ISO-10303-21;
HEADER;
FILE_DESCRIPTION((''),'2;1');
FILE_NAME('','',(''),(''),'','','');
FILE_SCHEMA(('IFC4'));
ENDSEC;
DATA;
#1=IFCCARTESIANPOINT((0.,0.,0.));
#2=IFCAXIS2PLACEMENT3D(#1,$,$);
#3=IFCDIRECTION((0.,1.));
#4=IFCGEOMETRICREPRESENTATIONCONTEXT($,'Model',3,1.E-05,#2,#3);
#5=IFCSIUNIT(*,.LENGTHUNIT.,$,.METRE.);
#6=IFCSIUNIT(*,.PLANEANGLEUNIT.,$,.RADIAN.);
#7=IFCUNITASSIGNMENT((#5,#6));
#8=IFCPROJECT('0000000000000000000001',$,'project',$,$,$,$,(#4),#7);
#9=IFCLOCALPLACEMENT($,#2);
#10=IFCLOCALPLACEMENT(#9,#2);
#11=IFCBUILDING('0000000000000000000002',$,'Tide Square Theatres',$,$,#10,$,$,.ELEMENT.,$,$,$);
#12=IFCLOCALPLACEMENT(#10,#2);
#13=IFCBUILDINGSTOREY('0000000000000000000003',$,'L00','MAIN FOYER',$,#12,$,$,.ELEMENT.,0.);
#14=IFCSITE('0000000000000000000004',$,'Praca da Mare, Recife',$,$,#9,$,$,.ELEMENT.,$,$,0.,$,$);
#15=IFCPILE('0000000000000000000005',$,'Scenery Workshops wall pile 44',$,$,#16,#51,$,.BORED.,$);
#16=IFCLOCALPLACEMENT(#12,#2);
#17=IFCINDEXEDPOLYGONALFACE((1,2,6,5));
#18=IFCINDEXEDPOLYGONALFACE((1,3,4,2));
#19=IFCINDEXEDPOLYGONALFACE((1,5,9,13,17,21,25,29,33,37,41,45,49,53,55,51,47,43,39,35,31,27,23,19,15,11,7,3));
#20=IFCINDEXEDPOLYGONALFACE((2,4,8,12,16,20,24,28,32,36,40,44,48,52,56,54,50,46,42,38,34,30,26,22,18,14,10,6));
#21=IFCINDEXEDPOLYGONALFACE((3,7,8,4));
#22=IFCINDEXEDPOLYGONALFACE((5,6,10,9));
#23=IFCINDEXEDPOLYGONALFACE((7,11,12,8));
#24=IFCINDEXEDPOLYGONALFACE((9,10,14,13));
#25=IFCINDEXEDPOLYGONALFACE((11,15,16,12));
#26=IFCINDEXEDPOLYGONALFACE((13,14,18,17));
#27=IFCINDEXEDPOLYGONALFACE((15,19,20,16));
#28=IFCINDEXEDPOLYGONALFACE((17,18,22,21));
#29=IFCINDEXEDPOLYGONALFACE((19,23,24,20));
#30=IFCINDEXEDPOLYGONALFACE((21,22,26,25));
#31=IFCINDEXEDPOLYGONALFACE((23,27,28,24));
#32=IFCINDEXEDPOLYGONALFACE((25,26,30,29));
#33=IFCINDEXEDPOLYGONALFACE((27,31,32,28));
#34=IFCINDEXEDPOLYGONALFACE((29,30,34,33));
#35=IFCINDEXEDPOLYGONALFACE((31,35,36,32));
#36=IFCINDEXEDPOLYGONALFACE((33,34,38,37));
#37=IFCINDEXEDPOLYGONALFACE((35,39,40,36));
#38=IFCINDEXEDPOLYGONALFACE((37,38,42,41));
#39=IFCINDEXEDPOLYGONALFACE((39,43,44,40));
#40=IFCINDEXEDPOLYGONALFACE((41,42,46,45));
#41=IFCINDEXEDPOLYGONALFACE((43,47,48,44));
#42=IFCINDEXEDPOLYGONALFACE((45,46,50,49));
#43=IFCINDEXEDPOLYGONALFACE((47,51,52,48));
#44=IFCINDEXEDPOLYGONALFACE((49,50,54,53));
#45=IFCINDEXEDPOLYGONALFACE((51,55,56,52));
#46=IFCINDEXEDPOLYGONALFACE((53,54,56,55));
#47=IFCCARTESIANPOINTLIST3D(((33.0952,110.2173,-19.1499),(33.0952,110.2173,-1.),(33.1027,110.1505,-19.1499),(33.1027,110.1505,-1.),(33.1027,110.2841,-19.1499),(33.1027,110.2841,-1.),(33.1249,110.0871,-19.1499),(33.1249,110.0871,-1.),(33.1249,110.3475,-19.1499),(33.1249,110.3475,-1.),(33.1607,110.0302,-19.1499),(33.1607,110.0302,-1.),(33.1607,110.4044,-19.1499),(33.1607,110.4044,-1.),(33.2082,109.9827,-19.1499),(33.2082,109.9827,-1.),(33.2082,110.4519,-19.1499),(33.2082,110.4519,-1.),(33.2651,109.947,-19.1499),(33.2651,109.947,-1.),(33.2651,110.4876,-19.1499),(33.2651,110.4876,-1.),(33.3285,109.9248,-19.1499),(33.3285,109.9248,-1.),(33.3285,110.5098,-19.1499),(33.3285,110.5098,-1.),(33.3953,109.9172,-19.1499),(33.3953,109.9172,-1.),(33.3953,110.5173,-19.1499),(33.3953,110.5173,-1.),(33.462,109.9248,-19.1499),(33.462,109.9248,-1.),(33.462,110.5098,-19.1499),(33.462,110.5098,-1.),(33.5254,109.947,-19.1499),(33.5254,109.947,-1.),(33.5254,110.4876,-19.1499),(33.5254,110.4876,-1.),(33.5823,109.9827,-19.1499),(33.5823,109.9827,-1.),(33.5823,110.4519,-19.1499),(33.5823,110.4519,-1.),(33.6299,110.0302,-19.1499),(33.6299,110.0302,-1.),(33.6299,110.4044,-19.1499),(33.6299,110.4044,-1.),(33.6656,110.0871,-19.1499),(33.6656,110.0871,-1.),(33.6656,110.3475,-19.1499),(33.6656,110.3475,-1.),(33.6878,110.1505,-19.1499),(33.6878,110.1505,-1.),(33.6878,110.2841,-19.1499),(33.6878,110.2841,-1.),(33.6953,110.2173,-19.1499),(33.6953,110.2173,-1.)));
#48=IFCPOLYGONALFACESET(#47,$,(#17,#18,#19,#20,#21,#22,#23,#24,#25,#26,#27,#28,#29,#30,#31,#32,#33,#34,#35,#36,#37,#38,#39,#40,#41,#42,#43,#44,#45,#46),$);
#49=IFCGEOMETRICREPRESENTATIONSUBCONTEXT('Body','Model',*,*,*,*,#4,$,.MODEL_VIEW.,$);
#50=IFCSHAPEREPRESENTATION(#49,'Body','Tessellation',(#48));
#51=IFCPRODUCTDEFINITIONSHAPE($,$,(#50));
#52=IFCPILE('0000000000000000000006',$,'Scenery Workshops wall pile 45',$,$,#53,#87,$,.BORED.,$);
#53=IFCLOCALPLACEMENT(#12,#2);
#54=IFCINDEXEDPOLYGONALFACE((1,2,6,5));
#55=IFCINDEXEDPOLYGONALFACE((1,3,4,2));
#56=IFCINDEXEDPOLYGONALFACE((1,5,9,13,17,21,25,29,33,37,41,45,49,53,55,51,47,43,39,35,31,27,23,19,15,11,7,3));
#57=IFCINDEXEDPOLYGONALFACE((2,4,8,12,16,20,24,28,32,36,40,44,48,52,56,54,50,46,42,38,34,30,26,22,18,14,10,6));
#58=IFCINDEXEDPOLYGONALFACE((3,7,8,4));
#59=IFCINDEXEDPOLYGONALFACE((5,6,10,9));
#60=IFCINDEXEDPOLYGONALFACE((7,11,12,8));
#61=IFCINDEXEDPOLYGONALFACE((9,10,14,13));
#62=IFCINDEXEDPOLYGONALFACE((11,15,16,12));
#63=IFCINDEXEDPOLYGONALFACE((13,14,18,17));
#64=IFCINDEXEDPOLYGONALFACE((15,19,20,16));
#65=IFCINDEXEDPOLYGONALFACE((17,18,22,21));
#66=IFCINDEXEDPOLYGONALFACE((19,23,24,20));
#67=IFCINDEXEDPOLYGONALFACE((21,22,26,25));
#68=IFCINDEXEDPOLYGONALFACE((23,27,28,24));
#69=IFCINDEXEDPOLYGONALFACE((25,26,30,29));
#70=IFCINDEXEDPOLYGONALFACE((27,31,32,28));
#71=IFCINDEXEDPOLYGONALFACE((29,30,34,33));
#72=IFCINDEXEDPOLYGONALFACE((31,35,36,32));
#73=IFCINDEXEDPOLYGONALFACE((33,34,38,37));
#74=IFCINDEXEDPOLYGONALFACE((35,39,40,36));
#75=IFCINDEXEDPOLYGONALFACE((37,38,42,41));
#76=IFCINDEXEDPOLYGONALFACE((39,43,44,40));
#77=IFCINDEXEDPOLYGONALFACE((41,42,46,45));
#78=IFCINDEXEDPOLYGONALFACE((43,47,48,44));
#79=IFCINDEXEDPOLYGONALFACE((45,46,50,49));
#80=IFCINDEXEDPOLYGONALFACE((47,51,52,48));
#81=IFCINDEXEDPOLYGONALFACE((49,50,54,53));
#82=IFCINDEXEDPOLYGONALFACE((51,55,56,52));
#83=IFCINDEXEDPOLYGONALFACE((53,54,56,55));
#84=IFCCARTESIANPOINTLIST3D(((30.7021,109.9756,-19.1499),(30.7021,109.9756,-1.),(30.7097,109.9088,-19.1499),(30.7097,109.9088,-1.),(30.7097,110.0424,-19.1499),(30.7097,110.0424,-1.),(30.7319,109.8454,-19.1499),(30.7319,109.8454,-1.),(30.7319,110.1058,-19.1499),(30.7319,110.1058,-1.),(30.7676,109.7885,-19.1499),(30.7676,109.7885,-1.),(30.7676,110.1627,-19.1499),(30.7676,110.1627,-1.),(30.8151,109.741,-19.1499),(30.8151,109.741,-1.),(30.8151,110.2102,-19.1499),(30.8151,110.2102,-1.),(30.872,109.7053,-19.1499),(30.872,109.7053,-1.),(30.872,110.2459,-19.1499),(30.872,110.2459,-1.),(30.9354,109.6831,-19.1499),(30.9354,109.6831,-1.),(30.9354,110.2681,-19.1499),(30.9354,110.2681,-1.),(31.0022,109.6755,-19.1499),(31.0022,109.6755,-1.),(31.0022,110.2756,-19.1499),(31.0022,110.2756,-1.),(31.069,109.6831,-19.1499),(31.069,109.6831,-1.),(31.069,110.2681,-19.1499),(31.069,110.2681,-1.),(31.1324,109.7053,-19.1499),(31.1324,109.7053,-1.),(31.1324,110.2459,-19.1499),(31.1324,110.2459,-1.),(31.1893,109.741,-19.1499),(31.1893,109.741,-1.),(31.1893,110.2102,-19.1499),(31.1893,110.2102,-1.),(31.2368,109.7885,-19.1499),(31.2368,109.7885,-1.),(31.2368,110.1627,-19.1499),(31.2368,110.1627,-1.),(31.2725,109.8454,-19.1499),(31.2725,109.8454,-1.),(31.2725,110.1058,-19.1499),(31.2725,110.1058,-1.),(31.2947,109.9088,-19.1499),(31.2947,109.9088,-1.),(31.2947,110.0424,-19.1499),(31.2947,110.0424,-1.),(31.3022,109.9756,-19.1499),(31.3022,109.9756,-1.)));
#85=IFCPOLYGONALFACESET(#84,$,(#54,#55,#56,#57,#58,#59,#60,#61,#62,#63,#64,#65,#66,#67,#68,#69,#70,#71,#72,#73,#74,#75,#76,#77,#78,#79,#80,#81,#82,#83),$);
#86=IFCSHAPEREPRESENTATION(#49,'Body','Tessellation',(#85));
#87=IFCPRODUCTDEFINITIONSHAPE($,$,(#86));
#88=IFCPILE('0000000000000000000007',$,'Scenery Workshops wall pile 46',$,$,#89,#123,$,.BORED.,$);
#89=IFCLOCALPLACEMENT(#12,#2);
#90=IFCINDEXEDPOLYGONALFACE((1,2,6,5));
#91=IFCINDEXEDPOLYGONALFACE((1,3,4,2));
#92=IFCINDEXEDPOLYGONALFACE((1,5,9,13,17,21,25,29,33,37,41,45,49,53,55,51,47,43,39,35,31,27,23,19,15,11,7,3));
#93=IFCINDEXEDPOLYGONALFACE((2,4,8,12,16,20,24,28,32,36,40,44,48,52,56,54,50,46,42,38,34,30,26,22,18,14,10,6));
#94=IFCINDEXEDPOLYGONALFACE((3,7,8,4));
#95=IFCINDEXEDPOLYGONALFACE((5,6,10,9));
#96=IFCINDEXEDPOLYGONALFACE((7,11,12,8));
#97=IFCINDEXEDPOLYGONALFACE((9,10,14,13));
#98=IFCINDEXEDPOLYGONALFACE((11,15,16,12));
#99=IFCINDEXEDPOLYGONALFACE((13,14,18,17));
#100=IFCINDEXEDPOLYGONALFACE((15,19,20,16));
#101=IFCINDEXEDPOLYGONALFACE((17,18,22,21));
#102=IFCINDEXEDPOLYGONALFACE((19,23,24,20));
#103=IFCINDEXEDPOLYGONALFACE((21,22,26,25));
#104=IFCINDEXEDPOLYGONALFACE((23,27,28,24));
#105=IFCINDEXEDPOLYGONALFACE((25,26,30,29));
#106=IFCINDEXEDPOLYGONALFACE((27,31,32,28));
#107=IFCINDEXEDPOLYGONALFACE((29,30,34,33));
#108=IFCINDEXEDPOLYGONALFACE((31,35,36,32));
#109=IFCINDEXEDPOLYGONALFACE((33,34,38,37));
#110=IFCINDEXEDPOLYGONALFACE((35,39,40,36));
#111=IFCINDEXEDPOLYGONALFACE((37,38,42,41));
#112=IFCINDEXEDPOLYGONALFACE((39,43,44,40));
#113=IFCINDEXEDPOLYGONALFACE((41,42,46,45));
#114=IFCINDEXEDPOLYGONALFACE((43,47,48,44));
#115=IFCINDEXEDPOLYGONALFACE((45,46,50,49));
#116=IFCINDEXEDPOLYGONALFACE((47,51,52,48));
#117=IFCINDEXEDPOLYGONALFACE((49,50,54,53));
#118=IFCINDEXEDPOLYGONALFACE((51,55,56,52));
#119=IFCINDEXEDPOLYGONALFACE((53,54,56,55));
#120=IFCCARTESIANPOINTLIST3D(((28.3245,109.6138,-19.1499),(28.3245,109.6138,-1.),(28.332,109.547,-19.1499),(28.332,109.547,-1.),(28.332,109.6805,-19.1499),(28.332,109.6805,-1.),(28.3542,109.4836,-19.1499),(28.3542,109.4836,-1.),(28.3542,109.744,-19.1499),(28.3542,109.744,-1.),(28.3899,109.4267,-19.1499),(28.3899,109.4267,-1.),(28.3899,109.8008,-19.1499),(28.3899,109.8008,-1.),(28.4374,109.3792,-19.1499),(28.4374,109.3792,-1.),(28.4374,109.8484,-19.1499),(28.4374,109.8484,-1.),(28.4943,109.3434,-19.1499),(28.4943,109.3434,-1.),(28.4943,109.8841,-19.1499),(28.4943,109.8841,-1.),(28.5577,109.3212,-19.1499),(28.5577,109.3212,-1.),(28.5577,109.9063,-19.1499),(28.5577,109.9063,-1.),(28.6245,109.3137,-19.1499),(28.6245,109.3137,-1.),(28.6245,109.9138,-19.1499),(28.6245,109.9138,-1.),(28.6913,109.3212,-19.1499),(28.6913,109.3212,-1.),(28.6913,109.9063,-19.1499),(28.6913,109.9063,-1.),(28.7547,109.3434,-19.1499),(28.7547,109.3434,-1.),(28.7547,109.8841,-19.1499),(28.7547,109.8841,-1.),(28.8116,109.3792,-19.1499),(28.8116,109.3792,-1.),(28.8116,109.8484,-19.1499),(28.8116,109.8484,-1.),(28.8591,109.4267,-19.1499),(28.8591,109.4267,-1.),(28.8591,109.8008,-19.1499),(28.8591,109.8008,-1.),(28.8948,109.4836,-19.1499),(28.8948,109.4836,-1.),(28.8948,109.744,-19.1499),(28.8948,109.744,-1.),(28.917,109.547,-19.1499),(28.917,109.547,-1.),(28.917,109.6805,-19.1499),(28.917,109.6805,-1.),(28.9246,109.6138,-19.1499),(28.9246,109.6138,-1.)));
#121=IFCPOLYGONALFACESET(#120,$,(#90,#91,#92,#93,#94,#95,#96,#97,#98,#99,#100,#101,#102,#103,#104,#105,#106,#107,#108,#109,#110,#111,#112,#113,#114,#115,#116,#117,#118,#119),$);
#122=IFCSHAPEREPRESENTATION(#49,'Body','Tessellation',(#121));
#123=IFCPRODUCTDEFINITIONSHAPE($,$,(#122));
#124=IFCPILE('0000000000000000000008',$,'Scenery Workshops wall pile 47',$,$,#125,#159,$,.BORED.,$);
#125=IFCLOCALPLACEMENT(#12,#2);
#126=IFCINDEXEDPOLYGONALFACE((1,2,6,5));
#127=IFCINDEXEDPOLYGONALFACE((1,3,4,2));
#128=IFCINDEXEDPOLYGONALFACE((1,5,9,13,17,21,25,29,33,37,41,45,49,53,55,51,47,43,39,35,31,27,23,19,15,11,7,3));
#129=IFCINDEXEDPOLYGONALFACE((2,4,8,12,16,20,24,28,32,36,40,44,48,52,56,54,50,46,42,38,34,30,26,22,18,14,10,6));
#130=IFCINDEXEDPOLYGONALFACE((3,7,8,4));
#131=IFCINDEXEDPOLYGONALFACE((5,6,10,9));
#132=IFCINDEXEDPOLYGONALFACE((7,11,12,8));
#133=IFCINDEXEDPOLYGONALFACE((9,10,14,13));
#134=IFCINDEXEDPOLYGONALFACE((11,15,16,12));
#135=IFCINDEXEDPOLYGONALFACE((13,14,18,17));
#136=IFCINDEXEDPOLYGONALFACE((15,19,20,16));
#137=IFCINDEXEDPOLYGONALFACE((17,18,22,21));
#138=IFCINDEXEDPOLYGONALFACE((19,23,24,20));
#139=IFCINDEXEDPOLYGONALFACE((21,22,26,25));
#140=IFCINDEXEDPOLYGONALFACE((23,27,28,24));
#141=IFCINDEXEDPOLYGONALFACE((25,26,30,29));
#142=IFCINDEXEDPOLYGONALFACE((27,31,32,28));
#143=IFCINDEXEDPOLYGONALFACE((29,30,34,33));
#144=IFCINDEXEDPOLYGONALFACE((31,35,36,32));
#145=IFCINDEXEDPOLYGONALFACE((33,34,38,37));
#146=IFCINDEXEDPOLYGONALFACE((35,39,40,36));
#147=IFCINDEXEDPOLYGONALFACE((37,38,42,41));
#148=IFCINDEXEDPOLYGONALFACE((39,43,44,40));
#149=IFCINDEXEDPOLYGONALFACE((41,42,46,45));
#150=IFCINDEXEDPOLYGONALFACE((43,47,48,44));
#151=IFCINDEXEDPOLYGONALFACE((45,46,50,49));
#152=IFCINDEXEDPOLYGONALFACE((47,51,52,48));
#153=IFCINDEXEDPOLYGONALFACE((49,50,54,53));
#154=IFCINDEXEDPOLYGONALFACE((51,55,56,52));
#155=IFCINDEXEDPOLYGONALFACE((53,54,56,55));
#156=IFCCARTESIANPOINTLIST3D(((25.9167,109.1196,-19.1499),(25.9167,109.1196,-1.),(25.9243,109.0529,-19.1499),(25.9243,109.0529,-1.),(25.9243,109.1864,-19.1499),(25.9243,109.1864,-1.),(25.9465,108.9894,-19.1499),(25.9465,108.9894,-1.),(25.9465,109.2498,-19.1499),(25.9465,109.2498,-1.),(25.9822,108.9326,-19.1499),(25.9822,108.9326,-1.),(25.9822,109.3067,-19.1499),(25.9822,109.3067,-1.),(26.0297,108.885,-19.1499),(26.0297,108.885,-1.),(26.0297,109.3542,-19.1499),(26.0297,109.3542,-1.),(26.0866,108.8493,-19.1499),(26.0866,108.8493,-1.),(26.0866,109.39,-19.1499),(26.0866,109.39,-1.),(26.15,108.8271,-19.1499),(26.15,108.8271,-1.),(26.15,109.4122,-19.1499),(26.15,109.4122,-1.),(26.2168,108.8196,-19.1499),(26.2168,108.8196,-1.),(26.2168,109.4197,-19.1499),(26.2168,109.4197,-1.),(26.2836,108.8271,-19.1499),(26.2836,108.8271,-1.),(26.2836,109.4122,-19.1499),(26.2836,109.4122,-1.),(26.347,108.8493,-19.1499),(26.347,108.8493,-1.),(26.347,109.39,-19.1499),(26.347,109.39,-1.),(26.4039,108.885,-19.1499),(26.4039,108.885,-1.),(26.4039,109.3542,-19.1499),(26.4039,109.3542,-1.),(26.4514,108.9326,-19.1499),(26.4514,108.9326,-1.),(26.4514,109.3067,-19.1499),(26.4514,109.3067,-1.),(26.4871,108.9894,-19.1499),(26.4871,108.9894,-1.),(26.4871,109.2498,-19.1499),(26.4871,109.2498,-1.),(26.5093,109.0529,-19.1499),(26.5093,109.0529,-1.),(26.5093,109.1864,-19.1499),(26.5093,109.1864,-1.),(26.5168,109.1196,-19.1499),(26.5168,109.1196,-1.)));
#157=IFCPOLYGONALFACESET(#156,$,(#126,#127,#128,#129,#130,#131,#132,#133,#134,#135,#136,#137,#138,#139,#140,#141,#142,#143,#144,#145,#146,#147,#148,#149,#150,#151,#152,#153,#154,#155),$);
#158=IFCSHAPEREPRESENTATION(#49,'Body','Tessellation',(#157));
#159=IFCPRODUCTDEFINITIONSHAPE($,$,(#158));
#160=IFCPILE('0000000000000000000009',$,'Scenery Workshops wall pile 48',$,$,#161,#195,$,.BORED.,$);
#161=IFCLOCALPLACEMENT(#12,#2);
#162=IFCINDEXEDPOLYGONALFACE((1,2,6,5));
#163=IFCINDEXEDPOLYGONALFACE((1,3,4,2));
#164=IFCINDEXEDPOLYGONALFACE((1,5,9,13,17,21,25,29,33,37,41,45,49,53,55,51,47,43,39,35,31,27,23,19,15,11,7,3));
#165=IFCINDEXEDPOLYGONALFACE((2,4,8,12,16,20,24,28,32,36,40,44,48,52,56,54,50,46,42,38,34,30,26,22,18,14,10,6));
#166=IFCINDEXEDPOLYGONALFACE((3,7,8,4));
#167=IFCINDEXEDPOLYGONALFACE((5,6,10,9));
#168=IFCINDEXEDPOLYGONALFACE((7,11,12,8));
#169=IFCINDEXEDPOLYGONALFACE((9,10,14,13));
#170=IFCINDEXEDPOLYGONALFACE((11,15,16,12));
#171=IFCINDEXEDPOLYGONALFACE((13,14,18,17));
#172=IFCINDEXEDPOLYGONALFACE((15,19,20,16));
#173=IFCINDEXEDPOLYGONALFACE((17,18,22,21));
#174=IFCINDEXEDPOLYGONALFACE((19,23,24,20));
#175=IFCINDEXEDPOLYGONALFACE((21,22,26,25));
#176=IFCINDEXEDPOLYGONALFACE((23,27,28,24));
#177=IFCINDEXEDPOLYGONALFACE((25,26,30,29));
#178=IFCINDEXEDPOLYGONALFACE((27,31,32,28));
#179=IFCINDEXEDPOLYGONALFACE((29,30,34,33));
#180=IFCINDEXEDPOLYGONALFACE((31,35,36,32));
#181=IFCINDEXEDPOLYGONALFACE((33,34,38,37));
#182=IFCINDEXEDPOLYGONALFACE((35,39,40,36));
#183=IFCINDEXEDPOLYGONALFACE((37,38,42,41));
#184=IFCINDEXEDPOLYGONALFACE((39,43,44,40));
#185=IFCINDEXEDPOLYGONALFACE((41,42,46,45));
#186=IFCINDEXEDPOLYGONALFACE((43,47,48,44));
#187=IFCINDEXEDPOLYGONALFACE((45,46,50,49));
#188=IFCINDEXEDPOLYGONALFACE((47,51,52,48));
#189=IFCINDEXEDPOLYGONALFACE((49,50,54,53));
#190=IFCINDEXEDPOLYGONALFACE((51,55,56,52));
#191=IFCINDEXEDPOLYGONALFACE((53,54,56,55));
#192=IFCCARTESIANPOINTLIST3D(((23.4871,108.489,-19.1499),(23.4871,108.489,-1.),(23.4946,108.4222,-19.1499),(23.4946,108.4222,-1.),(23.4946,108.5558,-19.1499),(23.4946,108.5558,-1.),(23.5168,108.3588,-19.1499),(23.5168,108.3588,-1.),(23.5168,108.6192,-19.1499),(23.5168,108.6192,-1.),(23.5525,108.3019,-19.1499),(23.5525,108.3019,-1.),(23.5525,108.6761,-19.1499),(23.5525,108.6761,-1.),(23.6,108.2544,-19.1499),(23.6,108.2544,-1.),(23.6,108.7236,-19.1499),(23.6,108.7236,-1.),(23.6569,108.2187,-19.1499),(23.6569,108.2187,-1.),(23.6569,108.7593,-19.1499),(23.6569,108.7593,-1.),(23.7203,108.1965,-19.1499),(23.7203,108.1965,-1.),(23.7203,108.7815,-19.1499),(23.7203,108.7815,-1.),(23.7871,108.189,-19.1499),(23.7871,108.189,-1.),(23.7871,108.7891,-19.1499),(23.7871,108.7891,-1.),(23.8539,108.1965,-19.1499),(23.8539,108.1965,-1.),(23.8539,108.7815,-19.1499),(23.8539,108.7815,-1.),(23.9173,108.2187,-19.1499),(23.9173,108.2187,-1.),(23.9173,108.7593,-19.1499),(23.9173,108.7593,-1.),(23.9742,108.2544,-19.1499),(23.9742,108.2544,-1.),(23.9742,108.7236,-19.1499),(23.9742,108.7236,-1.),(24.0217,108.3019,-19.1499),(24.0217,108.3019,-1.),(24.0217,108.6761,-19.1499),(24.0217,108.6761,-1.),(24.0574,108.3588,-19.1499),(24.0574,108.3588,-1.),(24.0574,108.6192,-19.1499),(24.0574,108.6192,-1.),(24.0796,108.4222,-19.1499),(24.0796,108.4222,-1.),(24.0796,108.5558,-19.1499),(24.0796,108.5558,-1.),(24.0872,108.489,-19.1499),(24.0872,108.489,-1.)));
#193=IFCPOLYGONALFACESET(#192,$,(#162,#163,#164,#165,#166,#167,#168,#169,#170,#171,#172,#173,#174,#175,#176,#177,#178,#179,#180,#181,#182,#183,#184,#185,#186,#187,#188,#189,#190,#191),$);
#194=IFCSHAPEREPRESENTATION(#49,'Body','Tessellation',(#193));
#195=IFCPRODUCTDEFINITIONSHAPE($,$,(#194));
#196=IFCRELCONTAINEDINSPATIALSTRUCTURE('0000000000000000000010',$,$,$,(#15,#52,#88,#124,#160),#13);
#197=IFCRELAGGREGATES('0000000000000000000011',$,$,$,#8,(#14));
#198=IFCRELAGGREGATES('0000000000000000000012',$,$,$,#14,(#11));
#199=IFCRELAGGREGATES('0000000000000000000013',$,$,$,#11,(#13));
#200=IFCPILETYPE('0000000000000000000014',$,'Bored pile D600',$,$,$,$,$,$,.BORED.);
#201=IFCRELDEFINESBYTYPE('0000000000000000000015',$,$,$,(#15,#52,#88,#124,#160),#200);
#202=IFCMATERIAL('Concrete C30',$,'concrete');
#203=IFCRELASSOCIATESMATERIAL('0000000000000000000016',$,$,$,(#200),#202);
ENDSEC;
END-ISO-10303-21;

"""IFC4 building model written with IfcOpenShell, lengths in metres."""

from ifc_helpers import new_model, si_unit, direction, frame, origin, origin_2d, place, context, subcontext, project, spatial, circle, extrude, material, material_profile, profile_set, type_object, element, save


model = new_model("IFC4")

# Units and contexts
model_context = context("Model", 3, precision=1e-05, world=origin(), true_north=direction((0.0, 1.0)))
body_context = subcontext(model_context, "Body", "Model", "MODEL_VIEW")
ifc_project = project(units=[si_unit("LENGTHUNIT", "METRE"), si_unit("PLANEANGLEUNIT", "RADIAN")], contexts=[model_context])

# Site, building, storey
site_placement = place(None, origin())
site = spatial("IfcSite", under=ifc_project, at=site_placement, Name="Praca da Mare, Recife", CompositionType="ELEMENT", RefElevation=0.0)
building_placement = place(site_placement, origin())
building = spatial("IfcBuilding", under=site, at=building_placement, Name="Tide Square Theatres", CompositionType="ELEMENT")
storey_placement = place(building_placement, origin())
storey = spatial("IfcBuildingStorey", under=building, at=storey_placement, Name="L00", Description="MAIN FOYER", CompositionType="ELEMENT", Elevation=0.0)

# Piles
ifc_material_1 = material(Name="Concrete C30", Category="concrete")
ifc_material_profile_1 = material_profile(ifc_material_1, circle(Radius=0.3, at=origin_2d()))
ifc_profile_set_1 = profile_set([ifc_material_profile_1], Name="Concrete C30")
pile_type = type_object("IfcPileType", Name="Bored pile D600", PredefinedType="BORED", material=ifc_profile_set_1)
for number, where, z_axis, x_axis, name in (
    (1, (33.3953, 110.2173, -1.0), (0.0, 0.0, -1.0), (1.0, 0.0, 0.0), "Scenery Workshops wall pile 44"),
    (2, (31.0022, 109.9756, -1.0), (0.0, 0.0, -1.0), (1.0, 0.0, 0.0), "Scenery Workshops wall pile 45"),
    (3, (28.6245, 109.6138, -1.0), (0.0, 0.0, -1.0), (1.0, 0.0, 0.0), "Scenery Workshops wall pile 46"),
    (4, (26.2168, 109.1196, -1.0), (0.0, 0.0, -1.0), (1.0, 0.0, 0.0), "Scenery Workshops wall pile 47"),
    (5, (23.7871, 108.489, -1.0), (0.0, 0.0, -1.0), (1.0, 0.0, 0.0), "Scenery Workshops wall pile 48"),
):
    element("IfcPile", number, at=place(storey_placement, frame(where, z_axis=z_axis, x_axis=x_axis)), inside=storey, type_object=pile_type, Name=name, PredefinedType="BORED", context=body_context, shape_type="SweptSolid", body=[
        extrude(circle(Radius=0.3, at=origin_2d()), origin(), (0.0, 0.0, 1.0), 18.1499),
    ])

save(model, "model.ifc")
